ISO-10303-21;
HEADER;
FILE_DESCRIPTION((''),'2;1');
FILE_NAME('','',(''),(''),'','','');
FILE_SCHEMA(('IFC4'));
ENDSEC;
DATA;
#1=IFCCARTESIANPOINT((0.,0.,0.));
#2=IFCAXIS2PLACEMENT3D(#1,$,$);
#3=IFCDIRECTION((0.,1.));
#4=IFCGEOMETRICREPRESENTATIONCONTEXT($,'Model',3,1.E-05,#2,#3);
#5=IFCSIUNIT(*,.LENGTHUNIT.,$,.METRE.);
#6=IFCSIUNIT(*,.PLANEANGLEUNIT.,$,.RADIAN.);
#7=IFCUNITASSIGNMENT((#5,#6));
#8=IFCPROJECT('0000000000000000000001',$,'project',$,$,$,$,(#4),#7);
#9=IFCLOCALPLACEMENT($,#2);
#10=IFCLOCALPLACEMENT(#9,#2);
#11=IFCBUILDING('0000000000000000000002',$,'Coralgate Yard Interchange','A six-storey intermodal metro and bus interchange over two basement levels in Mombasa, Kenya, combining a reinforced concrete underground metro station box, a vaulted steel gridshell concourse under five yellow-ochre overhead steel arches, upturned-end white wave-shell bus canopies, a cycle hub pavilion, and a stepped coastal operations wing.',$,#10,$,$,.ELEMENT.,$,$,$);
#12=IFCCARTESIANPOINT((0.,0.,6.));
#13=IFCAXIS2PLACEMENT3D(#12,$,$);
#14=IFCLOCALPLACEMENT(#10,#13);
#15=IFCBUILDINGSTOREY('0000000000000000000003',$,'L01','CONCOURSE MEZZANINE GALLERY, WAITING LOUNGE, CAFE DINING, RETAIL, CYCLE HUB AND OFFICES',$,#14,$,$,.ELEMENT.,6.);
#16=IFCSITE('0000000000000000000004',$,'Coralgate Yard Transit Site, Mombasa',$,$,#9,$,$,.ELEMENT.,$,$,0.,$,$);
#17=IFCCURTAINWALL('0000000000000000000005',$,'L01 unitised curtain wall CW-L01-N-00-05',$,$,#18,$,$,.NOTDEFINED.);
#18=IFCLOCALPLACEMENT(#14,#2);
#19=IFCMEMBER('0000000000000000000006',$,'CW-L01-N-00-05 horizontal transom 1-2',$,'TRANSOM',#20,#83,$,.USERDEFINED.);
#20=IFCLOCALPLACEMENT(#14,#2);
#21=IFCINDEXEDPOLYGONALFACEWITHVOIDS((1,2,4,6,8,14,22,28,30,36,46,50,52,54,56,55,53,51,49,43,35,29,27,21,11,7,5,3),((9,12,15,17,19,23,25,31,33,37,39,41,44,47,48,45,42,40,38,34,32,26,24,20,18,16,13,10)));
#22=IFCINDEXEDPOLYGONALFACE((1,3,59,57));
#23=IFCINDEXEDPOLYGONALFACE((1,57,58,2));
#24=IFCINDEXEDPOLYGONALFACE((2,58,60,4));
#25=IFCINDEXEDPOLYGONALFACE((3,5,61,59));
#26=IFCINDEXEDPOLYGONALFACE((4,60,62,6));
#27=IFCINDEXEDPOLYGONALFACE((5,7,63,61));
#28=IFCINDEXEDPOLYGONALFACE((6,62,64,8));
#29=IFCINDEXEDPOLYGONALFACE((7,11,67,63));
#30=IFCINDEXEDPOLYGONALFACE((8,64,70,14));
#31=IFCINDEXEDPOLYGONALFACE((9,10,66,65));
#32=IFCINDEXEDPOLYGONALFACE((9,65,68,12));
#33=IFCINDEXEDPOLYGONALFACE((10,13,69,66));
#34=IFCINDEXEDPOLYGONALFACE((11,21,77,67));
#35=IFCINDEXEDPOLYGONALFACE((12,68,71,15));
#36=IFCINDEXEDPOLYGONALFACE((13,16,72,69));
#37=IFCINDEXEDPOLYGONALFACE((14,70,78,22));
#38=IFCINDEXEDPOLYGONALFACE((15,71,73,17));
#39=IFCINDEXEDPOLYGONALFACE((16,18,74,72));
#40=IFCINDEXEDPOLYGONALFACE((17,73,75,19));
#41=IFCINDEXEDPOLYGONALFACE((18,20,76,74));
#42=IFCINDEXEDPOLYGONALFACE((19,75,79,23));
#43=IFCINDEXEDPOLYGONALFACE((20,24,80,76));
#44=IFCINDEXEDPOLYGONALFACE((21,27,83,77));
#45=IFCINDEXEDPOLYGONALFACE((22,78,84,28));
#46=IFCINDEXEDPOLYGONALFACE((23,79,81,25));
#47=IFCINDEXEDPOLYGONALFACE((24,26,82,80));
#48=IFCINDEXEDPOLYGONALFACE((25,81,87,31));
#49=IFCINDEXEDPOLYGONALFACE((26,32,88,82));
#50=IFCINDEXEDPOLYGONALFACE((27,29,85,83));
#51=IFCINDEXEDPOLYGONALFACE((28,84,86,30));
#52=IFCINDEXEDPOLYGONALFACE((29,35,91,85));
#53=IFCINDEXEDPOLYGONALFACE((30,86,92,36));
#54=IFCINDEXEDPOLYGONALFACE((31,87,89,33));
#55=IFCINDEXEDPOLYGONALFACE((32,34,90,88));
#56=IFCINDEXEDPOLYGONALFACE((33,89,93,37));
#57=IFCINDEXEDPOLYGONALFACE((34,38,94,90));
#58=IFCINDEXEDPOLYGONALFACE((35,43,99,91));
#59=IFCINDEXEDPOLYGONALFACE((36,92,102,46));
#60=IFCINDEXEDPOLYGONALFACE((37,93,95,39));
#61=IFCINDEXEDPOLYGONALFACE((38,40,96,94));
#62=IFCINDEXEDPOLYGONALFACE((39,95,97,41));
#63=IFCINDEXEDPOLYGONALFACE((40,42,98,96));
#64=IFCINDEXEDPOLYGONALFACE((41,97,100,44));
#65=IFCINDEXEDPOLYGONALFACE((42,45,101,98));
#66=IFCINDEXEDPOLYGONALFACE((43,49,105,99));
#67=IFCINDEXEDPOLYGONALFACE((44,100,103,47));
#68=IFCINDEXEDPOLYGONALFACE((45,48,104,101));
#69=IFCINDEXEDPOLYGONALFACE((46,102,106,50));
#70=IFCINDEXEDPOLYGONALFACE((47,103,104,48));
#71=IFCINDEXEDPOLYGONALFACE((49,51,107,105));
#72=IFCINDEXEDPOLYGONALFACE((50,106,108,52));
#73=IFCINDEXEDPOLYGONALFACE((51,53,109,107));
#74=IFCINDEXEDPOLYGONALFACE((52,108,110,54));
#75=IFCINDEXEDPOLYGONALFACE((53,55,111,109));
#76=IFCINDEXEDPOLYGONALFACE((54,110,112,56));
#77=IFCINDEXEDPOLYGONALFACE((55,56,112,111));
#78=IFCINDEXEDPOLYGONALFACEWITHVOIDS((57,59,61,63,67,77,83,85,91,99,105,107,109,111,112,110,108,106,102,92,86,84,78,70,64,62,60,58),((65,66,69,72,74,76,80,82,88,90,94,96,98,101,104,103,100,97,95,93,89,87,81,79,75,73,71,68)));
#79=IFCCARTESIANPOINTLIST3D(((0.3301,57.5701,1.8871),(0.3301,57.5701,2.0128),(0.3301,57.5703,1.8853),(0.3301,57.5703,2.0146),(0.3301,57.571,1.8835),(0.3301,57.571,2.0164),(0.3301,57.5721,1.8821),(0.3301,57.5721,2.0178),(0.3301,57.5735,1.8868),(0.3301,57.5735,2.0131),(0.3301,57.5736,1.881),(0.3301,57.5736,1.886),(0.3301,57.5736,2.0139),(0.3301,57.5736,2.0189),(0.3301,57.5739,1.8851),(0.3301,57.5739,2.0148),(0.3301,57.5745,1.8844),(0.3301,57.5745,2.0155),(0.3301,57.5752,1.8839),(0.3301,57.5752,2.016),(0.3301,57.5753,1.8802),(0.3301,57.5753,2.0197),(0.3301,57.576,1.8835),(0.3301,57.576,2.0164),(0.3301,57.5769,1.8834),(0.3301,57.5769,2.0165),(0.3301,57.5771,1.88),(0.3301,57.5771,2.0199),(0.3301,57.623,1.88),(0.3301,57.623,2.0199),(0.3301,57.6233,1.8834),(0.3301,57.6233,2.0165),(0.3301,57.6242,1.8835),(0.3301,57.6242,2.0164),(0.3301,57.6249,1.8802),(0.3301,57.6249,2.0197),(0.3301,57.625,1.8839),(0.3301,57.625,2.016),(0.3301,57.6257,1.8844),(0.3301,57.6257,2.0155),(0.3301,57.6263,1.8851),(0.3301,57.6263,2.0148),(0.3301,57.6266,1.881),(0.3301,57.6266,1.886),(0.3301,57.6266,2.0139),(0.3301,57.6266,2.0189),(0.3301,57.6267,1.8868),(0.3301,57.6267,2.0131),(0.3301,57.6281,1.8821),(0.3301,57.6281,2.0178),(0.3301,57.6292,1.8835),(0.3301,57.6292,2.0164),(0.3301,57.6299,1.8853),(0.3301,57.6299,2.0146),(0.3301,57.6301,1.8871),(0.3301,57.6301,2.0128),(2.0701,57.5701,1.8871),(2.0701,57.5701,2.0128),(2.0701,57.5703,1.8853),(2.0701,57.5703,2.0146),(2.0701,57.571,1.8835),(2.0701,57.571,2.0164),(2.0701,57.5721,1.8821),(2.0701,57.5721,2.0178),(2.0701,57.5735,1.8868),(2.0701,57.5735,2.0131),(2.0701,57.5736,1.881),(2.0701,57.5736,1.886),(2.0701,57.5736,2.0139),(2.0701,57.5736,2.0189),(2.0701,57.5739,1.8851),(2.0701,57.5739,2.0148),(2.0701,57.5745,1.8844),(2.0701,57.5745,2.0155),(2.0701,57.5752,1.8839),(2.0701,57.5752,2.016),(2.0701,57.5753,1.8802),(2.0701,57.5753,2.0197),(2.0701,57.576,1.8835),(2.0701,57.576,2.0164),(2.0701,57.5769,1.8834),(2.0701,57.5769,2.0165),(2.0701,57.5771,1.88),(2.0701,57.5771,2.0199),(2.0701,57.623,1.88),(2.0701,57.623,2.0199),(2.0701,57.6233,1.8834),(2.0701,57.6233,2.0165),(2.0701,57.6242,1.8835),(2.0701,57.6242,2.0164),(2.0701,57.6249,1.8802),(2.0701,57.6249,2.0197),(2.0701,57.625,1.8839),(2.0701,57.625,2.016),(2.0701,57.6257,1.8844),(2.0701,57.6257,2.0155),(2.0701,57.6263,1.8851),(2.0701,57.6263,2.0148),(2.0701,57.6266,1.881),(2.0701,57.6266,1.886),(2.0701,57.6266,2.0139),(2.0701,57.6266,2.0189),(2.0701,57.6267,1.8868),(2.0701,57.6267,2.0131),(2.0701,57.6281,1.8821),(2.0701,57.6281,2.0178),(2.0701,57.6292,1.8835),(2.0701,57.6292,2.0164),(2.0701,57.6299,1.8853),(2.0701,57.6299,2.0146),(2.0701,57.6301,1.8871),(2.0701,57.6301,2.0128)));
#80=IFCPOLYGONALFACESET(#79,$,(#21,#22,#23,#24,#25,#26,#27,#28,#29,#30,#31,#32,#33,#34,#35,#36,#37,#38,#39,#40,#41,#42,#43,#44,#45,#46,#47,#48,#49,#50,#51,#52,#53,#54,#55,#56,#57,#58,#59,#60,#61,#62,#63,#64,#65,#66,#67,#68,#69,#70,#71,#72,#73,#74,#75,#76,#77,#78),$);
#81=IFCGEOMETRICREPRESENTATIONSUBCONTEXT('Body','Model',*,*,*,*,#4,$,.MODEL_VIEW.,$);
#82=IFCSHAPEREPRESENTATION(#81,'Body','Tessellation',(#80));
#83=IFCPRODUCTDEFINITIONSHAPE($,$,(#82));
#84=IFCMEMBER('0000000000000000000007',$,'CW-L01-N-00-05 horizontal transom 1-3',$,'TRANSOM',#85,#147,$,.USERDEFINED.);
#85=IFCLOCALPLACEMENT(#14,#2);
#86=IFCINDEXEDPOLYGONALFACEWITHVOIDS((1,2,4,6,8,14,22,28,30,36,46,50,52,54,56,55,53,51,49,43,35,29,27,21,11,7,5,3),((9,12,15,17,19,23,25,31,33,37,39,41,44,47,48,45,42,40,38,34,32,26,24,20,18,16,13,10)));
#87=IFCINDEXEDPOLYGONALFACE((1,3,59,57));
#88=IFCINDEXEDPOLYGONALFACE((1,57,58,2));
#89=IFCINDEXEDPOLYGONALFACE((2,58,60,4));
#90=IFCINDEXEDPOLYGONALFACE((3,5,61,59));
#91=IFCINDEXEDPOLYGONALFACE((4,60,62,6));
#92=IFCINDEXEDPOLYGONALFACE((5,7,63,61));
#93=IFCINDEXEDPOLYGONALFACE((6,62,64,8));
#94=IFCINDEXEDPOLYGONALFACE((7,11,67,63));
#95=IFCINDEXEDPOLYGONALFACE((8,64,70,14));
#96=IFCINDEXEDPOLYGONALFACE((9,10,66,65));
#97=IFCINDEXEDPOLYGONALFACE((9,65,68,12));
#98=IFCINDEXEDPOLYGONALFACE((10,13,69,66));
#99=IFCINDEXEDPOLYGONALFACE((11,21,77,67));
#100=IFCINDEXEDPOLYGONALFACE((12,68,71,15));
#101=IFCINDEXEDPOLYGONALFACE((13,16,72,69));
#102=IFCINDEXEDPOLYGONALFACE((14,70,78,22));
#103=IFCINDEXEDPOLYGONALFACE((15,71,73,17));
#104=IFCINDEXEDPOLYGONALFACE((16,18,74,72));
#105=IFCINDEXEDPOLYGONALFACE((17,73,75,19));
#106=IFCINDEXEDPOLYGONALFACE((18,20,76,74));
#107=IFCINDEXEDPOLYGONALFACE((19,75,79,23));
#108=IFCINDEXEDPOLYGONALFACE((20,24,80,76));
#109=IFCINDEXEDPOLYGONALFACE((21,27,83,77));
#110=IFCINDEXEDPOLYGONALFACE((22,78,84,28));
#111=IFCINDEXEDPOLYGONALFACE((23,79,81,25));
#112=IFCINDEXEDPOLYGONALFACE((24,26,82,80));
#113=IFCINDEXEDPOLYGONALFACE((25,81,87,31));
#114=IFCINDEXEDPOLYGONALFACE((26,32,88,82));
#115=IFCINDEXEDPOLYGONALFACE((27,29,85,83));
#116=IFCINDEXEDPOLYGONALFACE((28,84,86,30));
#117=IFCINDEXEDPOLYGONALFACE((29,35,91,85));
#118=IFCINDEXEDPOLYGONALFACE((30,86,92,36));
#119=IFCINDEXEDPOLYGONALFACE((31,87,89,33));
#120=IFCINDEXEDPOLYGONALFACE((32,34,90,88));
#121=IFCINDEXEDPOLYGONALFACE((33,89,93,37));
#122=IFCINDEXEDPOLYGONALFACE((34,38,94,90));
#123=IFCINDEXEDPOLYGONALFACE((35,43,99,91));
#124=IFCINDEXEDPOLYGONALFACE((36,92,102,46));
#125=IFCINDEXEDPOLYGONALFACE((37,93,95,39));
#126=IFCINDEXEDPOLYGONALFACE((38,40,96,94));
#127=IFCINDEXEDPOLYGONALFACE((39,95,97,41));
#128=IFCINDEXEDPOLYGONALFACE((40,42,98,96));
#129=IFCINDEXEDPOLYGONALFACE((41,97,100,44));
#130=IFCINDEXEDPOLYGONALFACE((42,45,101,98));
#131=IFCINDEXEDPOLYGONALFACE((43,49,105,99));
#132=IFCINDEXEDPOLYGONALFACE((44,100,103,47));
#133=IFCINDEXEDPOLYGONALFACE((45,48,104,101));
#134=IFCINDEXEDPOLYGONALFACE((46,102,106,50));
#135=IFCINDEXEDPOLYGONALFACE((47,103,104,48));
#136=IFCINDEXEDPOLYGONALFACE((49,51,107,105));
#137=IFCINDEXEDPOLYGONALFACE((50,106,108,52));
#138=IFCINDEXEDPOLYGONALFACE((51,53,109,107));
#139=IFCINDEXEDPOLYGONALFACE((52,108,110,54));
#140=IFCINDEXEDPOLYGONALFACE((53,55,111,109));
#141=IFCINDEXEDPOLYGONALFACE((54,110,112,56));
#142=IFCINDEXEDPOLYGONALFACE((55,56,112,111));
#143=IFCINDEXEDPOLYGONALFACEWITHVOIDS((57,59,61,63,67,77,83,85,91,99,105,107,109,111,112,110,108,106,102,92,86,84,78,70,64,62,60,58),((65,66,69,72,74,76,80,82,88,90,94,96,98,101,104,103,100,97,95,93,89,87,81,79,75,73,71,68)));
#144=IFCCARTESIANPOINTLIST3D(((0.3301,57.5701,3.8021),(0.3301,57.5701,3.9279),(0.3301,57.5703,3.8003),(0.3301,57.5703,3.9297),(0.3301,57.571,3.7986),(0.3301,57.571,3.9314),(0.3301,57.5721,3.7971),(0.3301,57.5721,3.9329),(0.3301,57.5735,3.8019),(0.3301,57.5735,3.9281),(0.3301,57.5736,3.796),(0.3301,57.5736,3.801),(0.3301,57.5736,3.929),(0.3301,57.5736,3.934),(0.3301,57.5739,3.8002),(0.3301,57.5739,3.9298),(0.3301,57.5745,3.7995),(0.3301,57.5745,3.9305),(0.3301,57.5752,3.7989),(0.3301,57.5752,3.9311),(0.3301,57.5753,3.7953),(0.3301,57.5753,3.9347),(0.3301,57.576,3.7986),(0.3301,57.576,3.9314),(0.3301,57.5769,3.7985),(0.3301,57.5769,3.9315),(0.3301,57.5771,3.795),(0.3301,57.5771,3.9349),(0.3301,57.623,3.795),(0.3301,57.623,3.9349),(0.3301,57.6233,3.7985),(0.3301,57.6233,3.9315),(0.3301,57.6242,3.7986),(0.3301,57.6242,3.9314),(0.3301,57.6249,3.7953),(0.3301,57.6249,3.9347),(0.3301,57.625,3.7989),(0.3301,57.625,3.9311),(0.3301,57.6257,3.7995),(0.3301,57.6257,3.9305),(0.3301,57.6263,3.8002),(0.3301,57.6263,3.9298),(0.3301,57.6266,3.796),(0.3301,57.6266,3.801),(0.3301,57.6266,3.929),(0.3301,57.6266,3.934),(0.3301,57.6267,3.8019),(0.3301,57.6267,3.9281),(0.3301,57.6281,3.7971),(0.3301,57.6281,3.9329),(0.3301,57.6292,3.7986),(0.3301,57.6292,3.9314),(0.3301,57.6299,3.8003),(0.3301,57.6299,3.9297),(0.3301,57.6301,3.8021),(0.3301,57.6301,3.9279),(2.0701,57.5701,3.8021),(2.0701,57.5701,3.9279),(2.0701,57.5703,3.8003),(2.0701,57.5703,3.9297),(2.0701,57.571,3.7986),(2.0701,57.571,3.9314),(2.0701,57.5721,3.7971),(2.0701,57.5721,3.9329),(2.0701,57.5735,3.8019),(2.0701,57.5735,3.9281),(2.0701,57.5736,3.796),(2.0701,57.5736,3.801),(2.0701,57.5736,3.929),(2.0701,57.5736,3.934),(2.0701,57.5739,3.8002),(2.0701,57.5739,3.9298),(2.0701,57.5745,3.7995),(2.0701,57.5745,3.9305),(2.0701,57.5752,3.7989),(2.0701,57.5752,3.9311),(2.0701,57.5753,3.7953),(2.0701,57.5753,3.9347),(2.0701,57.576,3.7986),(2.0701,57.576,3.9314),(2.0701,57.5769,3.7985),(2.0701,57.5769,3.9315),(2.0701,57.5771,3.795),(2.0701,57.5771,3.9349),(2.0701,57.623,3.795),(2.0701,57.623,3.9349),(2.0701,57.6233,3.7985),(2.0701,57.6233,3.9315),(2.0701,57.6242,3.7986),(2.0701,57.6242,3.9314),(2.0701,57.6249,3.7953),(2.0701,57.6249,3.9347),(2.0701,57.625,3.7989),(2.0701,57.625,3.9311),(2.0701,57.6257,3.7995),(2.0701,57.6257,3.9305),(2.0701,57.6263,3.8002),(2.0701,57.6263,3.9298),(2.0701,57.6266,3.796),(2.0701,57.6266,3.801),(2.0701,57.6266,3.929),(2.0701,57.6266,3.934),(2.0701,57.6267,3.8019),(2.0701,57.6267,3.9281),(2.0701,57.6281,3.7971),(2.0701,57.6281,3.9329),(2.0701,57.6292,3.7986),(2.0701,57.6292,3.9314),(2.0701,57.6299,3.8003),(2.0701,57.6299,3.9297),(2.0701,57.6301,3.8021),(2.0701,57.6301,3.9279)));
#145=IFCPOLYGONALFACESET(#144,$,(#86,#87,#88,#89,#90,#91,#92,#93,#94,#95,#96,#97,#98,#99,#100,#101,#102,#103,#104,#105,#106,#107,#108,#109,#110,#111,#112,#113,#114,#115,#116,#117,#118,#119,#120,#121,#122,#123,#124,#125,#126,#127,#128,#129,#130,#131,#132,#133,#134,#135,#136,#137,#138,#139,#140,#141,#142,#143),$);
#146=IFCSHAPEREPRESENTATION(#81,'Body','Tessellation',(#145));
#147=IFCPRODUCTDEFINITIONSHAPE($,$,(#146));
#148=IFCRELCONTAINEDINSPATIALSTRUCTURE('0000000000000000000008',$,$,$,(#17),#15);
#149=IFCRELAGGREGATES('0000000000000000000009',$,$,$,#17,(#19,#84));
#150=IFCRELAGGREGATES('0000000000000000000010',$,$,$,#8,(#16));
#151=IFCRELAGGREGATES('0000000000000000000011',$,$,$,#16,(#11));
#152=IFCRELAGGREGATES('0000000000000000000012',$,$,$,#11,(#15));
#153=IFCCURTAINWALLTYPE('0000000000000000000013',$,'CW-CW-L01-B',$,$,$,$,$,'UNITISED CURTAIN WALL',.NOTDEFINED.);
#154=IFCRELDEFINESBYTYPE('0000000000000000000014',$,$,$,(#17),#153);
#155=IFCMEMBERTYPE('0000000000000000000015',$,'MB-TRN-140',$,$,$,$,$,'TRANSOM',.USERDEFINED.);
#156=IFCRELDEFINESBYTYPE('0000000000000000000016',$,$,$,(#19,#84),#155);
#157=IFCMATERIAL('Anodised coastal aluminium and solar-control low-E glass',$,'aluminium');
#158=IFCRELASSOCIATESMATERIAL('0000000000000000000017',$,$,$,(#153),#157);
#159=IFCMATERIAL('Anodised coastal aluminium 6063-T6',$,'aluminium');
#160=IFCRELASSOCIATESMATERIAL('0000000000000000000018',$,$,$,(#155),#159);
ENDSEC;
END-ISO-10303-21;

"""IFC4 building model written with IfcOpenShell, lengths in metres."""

from ifc_helpers import new_model, si_unit, direction, frame, origin, origin_2d, place, context, subcontext, project, spatial, hollow_rectangle, extrude, material, material_profile, profile_set, type_object, element, aggregate, save


model = new_model("IFC4")

# Units and contexts
model_context = context("Model", 3, precision=1e-05, world=origin(), true_north=direction((0.0, 1.0)))
body_context = subcontext(model_context, "Body", "Model", "MODEL_VIEW")
ifc_project = project(units=[si_unit("LENGTHUNIT", "METRE"), si_unit("PLANEANGLEUNIT", "RADIAN")], contexts=[model_context])

# Site, building, storey
site_placement = place(None, origin())
site = spatial("IfcSite", under=ifc_project, at=site_placement, Name="Coralgate Yard Transit Site, Mombasa", CompositionType="ELEMENT", RefElevation=0.0)
building_placement = place(site_placement, origin())
building = spatial("IfcBuilding", under=site, at=building_placement, Name="Coralgate Yard Interchange", Description="A six-storey intermodal metro and bus interchange over two basement levels in Mombasa, Kenya, combining a reinforced concrete underground metro station box, a vaulted steel gridshell concourse under five yellow-ochre overhead steel arches, upturned-end white wave-shell bus canopies, a cycle hub pavilion, and a stepped coastal operations wing.", CompositionType="ELEMENT")
storey_placement = place(building_placement, frame((0.0, 0.0, 6.0)))
storey = spatial("IfcBuildingStorey", under=building, at=storey_placement, Name="L01", Description="CONCOURSE MEZZANINE GALLERY, WAITING LOUNGE, CAFE DINING, RETAIL, CYCLE HUB AND OFFICES", CompositionType="ELEMENT", Elevation=6.0)

# Curtain wall
ifc_material_1 = material(Name="Anodised coastal aluminium and solar-control low-E glass", Category="aluminium")
ifc_material_2 = material(Name="Anodised coastal aluminium 6063-T6", Category="aluminium")
curtain_wall_type_1 = type_object("IfcCurtainWallType", Name="CW-CW-L01-B", ElementType="UNITISED CURTAIN WALL", PredefinedType="NOTDEFINED", material=ifc_material_1)
curtain_wall_1_placement = place(storey_placement, origin())
curtain_wall_1 = element("IfcCurtainWall", 1, at=curtain_wall_1_placement, inside=storey, type_object=curtain_wall_type_1, Name="L01 unitised curtain wall CW-L01-N-00-05", PredefinedType="NOTDEFINED")

# Members
ifc_material_profile_1 = material_profile(ifc_material_2, hollow_rectangle(XDim=0.0601, YDim=0.1399, WallThickness=0.0034, InnerFilletRadius=0.0034, OuterFilletRadius=0.0071, at=origin_2d()), Name="ALU 60x140x3.5")
ifc_profile_set_1 = profile_set([ifc_material_profile_1], Name="Anodised coastal aluminium 6063-T6")
member_type_1 = type_object("IfcMemberType", Name="MB-TRN-140", ElementType="TRANSOM", PredefinedType="USERDEFINED", material=ifc_profile_set_1)
member_1_placement = place(storey_placement, frame((0.3301, 57.6001, 1.95), z_axis=(1.0, 0.0, 0.0), x_axis=(0.0, 1.0, 0.0)))
member_1 = element("IfcMember", 2, at=member_1_placement, type_object=member_type_1, Name="CW-L01-N-00-05 horizontal transom 1-2", ObjectType="TRANSOM", PredefinedType="USERDEFINED", context=body_context, shape_type="SweptSolid", body=[
    extrude(hollow_rectangle(XDim=0.0601, YDim=0.1399, WallThickness=0.0034, InnerFilletRadius=0.0034, OuterFilletRadius=0.0071, at=origin_2d()), origin(), (0.0, 0.0, 1.0), 1.74),
])
member_2_placement = place(storey_placement, frame((0.3301, 57.6001, 3.865), z_axis=(1.0, 0.0, 0.0), x_axis=(0.0, 1.0, 0.0)))
member_2 = element("IfcMember", 3, at=member_2_placement, type_object=member_type_1, Name="CW-L01-N-00-05 horizontal transom 1-3", ObjectType="TRANSOM", PredefinedType="USERDEFINED", context=body_context, shape_type="SweptSolid", body=[
    extrude(hollow_rectangle(XDim=0.0601, YDim=0.1399, WallThickness=0.0034, InnerFilletRadius=0.0034, OuterFilletRadius=0.0071, at=origin_2d()), origin(), (0.0, 0.0, 1.0), 1.74),
])

aggregate(curtain_wall_1, [member_1, member_2])

save(model, "model.ifc")
